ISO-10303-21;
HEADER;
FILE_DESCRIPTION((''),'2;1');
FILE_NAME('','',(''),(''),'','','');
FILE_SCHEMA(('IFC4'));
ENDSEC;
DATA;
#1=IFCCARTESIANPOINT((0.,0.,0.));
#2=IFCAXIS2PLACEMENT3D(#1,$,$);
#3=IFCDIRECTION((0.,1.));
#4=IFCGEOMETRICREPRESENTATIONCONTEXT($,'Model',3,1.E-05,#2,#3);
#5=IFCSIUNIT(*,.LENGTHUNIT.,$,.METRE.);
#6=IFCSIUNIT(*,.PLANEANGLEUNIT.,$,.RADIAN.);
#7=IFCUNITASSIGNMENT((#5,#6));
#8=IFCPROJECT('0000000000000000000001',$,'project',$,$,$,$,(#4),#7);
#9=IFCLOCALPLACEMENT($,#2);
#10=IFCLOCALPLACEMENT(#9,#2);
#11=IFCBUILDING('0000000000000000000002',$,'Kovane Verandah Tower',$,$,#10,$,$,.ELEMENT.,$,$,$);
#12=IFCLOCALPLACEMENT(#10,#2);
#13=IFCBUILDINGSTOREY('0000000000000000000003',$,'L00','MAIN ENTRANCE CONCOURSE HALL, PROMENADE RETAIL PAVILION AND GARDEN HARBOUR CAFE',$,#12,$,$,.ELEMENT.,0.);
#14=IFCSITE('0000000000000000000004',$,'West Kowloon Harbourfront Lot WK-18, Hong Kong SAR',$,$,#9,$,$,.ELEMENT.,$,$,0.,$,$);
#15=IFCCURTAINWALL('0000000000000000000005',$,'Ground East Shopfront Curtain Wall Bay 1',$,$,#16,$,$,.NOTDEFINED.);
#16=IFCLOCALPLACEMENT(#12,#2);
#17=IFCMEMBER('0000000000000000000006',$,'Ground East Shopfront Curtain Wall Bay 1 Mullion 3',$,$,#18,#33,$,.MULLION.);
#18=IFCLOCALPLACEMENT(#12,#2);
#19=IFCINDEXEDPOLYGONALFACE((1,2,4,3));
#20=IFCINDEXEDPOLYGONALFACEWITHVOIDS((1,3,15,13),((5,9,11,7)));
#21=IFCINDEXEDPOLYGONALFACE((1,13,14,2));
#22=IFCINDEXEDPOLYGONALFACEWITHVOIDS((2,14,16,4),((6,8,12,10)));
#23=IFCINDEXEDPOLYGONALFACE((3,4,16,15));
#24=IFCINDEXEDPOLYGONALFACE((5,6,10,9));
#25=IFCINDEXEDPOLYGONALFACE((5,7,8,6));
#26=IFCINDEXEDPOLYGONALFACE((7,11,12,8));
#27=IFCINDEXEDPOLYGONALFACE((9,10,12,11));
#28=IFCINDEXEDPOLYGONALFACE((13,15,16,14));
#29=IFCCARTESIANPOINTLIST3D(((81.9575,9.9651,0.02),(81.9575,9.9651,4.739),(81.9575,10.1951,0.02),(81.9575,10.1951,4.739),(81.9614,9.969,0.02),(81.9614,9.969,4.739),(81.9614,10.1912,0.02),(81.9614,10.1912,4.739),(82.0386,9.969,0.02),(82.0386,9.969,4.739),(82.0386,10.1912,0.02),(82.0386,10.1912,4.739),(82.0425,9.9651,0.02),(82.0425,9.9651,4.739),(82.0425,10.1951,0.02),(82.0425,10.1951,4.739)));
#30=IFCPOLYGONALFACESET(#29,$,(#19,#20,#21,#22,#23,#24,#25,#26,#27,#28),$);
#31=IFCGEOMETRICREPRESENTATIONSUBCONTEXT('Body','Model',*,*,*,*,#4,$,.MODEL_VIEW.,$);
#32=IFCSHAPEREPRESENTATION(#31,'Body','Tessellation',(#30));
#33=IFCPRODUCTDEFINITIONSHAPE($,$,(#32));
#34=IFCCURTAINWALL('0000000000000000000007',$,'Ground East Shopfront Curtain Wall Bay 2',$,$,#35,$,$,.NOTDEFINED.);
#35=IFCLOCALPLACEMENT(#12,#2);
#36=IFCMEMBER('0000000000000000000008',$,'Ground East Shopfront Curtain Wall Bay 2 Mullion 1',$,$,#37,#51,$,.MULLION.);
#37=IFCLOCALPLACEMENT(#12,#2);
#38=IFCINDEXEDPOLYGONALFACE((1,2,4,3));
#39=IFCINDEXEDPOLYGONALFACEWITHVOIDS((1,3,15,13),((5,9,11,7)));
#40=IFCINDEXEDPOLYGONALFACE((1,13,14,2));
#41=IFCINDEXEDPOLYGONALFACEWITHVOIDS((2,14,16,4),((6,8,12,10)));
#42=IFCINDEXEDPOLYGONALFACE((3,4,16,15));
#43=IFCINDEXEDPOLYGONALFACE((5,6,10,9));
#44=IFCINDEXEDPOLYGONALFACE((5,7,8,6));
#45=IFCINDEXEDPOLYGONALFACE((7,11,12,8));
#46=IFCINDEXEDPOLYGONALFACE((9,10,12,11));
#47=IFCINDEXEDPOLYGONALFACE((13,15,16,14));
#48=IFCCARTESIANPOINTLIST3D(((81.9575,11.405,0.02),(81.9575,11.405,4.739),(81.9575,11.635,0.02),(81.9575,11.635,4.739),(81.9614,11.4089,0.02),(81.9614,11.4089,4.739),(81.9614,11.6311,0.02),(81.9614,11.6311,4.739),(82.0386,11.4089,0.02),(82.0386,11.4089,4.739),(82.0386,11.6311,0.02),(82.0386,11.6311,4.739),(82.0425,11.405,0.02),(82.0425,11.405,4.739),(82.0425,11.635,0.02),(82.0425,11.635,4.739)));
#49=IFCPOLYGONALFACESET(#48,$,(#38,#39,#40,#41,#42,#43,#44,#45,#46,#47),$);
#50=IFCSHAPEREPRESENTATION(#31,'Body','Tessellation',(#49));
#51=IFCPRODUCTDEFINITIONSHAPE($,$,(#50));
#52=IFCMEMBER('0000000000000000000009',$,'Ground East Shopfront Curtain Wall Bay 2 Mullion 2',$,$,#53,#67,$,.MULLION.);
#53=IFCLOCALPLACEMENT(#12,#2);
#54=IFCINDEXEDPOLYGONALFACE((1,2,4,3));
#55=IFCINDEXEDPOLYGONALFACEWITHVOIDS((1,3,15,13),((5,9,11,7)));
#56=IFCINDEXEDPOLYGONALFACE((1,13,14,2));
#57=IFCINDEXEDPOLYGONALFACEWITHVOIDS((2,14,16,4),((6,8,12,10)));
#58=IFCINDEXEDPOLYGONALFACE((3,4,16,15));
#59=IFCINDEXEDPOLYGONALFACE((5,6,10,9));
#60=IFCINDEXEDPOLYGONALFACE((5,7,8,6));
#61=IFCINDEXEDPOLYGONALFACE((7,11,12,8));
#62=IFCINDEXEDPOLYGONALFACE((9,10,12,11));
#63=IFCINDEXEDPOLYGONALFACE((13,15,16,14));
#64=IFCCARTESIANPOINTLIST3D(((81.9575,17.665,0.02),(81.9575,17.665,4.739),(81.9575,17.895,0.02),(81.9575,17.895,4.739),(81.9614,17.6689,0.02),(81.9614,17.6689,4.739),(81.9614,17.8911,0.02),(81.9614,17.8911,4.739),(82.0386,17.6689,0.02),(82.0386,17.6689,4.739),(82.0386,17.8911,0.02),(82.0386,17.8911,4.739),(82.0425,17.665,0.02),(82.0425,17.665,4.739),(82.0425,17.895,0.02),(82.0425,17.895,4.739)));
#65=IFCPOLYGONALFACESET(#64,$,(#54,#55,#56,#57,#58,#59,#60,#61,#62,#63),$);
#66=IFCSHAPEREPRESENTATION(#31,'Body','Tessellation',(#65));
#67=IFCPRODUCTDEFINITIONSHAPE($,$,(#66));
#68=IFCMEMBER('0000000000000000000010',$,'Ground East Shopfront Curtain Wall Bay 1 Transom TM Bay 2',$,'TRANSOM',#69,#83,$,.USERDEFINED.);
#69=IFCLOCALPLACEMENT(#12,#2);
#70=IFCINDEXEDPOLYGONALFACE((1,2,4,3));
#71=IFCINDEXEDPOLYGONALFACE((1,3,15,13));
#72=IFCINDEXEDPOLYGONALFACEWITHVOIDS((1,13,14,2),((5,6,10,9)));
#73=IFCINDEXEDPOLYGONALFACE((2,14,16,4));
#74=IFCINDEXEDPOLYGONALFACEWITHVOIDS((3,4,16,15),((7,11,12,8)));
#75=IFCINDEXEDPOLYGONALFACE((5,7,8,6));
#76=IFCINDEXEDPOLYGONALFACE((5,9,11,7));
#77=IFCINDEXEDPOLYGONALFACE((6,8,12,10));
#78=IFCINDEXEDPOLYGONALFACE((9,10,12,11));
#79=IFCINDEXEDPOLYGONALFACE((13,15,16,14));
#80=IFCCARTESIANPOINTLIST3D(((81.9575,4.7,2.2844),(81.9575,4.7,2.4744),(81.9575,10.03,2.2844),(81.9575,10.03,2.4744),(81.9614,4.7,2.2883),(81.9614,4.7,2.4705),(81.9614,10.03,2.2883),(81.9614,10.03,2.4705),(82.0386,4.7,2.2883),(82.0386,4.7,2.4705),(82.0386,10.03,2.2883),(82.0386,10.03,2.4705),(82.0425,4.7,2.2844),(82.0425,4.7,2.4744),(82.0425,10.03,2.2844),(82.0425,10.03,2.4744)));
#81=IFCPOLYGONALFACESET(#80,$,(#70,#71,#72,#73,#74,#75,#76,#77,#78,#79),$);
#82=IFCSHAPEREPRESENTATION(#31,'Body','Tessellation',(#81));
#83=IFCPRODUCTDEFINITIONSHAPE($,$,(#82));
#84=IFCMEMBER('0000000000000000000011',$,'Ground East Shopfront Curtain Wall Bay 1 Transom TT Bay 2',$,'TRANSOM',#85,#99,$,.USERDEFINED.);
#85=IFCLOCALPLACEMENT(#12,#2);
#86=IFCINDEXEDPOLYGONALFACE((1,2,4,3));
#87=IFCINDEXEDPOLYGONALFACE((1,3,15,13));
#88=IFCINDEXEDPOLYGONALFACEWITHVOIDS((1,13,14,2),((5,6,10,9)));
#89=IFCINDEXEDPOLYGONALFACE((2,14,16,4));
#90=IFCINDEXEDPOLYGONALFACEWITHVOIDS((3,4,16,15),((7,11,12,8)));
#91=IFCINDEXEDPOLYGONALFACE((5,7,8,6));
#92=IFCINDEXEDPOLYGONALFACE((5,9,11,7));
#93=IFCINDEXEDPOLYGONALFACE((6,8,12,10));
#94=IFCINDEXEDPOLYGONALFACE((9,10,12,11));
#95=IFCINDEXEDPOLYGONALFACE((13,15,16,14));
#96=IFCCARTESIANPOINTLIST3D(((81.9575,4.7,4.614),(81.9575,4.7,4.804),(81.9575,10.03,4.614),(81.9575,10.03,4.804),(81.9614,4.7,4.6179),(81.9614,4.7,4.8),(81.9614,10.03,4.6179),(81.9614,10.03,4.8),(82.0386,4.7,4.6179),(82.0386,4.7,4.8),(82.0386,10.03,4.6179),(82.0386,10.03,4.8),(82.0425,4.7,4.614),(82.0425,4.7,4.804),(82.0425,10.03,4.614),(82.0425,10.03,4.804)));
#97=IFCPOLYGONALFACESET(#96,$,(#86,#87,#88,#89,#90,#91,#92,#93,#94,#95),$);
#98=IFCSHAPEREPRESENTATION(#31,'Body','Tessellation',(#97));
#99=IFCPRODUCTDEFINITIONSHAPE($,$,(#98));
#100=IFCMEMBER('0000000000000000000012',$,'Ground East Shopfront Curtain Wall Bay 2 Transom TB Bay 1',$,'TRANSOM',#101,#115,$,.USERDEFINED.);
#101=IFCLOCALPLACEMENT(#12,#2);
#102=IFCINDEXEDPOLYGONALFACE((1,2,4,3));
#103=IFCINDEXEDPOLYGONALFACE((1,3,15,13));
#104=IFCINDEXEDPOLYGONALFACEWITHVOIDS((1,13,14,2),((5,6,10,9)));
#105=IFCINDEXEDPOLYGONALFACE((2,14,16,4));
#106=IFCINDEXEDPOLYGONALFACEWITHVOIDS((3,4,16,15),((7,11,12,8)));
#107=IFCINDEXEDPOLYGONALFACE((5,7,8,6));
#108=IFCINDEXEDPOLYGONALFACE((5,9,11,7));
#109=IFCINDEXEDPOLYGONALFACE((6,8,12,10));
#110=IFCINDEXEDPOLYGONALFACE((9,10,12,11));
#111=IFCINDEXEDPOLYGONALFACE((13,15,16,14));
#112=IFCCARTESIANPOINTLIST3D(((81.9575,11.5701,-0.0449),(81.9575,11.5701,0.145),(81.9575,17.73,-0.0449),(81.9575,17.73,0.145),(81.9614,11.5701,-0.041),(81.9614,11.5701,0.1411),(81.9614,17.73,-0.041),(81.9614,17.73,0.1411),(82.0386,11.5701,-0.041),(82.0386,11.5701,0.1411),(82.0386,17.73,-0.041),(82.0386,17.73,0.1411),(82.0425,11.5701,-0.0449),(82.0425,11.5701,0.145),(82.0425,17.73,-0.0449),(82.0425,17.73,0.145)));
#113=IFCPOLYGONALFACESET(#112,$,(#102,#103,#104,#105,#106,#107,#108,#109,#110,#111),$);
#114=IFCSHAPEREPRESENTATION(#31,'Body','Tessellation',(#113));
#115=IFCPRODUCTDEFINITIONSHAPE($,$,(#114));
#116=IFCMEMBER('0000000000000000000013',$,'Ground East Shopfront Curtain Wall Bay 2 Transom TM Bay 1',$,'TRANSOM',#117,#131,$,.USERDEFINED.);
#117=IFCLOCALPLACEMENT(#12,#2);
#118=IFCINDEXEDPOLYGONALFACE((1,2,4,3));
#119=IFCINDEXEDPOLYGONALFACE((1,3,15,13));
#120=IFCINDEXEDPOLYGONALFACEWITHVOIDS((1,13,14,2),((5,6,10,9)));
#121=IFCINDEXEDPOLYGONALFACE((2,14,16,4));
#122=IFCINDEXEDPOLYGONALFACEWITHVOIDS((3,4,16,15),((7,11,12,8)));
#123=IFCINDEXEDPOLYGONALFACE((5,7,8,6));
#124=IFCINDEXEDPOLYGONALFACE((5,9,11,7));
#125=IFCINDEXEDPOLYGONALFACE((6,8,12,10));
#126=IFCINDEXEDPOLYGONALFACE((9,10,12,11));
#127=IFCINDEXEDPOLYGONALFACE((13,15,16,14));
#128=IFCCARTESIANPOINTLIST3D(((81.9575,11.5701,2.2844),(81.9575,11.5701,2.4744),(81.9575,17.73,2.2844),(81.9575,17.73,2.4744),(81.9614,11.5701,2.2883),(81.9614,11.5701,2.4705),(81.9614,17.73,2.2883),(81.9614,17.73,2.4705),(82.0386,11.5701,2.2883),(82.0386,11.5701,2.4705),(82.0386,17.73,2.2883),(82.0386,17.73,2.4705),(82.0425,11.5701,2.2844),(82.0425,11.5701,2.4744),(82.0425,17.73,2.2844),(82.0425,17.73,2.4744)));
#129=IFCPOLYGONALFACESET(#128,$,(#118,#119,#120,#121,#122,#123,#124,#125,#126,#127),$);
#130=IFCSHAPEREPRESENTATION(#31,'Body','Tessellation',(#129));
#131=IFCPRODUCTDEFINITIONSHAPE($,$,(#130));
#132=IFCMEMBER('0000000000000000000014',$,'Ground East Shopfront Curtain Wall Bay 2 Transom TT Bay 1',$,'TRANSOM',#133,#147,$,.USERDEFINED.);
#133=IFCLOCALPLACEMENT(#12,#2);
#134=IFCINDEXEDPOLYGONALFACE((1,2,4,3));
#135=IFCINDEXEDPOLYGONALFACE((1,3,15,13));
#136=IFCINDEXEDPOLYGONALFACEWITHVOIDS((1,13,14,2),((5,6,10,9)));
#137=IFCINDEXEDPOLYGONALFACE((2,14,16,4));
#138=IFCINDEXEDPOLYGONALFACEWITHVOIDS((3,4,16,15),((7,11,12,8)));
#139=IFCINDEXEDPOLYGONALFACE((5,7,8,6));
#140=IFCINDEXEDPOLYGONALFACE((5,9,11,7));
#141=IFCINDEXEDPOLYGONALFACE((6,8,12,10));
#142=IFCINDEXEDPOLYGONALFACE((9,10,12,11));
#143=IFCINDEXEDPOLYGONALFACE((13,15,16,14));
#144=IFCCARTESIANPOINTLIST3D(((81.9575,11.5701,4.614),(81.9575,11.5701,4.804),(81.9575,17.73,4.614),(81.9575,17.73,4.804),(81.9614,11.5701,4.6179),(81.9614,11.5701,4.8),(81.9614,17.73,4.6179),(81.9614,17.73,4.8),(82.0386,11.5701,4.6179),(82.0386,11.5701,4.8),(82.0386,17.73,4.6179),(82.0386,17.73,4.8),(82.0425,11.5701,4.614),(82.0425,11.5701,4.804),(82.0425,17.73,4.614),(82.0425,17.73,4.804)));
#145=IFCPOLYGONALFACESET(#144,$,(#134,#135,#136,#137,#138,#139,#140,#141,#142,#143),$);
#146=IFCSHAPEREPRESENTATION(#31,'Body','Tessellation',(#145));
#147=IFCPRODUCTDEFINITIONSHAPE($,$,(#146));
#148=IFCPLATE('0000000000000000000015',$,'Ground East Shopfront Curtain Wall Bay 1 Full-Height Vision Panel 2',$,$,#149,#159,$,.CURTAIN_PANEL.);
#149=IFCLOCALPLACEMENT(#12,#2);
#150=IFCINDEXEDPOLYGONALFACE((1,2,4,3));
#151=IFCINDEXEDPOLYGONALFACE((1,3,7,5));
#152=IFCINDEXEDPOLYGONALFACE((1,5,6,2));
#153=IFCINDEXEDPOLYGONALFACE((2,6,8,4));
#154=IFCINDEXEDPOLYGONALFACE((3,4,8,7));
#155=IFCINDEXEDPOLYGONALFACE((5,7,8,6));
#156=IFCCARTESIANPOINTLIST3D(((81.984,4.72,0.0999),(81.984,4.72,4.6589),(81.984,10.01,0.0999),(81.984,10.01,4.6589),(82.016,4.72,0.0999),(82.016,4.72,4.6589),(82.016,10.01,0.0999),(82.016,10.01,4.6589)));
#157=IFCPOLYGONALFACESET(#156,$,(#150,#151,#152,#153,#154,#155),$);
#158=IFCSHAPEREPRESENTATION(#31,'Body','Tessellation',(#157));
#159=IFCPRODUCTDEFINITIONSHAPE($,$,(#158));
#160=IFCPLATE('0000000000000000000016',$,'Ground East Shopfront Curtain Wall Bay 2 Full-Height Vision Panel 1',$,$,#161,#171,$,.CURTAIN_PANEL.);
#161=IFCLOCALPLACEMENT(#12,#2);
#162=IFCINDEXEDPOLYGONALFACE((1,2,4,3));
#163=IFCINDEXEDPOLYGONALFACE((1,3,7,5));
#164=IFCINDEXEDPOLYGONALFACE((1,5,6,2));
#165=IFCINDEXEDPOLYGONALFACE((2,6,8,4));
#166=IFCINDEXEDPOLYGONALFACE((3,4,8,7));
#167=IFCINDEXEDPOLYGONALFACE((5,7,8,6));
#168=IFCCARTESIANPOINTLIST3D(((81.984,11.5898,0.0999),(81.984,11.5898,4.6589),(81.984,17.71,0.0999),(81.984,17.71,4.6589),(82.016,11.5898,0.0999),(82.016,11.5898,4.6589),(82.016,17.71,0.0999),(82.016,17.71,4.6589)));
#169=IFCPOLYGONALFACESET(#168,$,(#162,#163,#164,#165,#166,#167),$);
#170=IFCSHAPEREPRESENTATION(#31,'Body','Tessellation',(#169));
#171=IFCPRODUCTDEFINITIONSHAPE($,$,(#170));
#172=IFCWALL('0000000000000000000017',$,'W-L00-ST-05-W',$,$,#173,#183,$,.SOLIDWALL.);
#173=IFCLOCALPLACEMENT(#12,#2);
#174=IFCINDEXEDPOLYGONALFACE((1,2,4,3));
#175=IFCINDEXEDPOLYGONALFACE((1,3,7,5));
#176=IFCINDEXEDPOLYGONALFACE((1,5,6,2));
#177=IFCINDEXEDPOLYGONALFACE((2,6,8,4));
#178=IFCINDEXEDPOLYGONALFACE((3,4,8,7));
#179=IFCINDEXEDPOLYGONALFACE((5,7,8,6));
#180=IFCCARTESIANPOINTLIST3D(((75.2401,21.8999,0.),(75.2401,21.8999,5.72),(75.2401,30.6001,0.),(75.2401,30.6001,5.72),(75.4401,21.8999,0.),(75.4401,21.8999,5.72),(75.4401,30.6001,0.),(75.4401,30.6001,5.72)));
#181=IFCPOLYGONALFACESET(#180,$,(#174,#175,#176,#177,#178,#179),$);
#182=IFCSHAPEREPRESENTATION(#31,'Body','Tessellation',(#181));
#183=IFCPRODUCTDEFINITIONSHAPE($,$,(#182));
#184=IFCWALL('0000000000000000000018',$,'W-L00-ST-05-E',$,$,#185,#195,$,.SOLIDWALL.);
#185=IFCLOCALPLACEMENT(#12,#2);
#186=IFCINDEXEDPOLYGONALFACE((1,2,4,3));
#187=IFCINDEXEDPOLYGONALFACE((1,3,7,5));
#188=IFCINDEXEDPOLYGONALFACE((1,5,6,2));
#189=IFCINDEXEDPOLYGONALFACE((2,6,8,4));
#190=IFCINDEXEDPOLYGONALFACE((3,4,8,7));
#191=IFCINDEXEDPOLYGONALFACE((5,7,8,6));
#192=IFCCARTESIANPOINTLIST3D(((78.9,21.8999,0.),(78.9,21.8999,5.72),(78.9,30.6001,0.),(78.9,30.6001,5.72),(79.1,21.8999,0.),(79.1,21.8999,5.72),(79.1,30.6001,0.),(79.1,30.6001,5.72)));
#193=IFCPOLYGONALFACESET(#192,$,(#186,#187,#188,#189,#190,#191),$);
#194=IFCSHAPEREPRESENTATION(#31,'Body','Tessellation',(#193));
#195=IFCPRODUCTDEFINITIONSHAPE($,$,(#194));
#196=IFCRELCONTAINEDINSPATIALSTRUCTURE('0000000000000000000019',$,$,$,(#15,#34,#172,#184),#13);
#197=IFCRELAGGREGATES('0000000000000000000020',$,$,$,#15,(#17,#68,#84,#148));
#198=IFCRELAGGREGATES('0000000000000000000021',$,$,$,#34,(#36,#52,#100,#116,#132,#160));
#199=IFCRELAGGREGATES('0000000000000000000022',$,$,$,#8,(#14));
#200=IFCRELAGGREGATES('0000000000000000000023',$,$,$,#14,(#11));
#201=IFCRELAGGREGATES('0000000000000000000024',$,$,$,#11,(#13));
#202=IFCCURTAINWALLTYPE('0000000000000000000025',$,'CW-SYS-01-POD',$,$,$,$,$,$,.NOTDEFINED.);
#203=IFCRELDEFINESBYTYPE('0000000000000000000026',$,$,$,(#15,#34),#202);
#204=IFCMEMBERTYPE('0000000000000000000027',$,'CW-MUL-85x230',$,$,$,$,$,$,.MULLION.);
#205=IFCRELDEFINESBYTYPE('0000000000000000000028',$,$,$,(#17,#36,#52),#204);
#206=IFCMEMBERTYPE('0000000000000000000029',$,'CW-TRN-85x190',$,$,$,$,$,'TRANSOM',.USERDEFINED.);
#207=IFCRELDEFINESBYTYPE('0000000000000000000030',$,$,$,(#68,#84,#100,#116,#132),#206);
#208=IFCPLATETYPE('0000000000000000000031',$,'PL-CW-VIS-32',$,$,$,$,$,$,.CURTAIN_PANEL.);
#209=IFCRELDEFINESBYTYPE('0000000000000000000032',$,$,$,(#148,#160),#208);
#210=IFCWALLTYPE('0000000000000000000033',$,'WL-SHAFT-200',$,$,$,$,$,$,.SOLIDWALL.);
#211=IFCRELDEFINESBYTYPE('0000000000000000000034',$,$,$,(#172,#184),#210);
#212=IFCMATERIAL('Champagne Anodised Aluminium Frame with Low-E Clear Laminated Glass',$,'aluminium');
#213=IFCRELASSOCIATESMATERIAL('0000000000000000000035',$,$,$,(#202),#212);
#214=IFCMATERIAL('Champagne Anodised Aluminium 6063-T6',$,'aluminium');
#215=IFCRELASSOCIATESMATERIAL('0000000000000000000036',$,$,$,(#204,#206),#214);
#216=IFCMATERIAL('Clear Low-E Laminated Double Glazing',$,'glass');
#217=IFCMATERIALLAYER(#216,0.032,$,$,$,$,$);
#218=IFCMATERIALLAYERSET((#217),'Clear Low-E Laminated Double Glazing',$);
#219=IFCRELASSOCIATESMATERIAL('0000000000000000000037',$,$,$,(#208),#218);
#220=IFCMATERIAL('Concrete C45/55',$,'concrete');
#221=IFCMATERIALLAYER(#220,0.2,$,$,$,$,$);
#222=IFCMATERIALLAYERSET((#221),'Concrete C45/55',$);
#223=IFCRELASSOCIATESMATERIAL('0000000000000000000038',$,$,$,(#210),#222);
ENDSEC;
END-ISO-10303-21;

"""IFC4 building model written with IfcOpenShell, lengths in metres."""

from ifc_helpers import new_model, si_unit, direction, frame, frame_2d, origin, origin_2d, place, context, subcontext, project, spatial, rectangle, hollow_rectangle, extrude, material, layer, layer_set, material_profile, profile_set, type_object, element, aggregate, save


model = new_model("IFC4")

# Units and contexts
model_context = context("Model", 3, precision=1e-05, world=origin(), true_north=direction((0.0, 1.0)))
body_context = subcontext(model_context, "Body", "Model", "MODEL_VIEW")
ifc_project = project(units=[si_unit("LENGTHUNIT", "METRE"), si_unit("PLANEANGLEUNIT", "RADIAN")], contexts=[model_context])

# Site, building, storey
site_placement = place(None, origin())
site = spatial("IfcSite", under=ifc_project, at=site_placement, Name="West Kowloon Harbourfront Lot WK-18, Hong Kong SAR", CompositionType="ELEMENT", RefElevation=0.0)
building_placement = place(site_placement, origin())
building = spatial("IfcBuilding", under=site, at=building_placement, Name="Kovane Verandah Tower", CompositionType="ELEMENT")
storey_placement = place(building_placement, origin())
storey = spatial("IfcBuildingStorey", under=building, at=storey_placement, Name="L00", Description="MAIN ENTRANCE CONCOURSE HALL, PROMENADE RETAIL PAVILION AND GARDEN HARBOUR CAFE", CompositionType="ELEMENT", Elevation=0.0)

# Curtain wall, member
ifc_material_1 = material(Name="Champagne Anodised Aluminium Frame with Low-E Clear Laminated Glass", Category="aluminium")
curtain_wall_type = type_object("IfcCurtainWallType", Name="CW-SYS-01-POD", PredefinedType="NOTDEFINED", material=ifc_material_1)
curtain_wall_1_placement = place(storey_placement, origin())
curtain_wall_1 = element("IfcCurtainWall", 1, at=curtain_wall_1_placement, inside=storey, type_object=curtain_wall_type, Name="Ground East Shopfront Curtain Wall Bay 1", PredefinedType="NOTDEFINED")
ifc_material_2 = material(Name="Champagne Anodised Aluminium 6063-T6", Category="aluminium")
ifc_material_profile_1 = material_profile(ifc_material_2, hollow_rectangle(XDim=0.085, YDim=0.23, WallThickness=0.0039, at=origin_2d()), Name="AL85x230x4")
ifc_profile_set_1 = profile_set([ifc_material_profile_1], Name="Champagne Anodised Aluminium 6063-T6")
member_type_1 = type_object("IfcMemberType", Name="CW-MUL-85x230", PredefinedType="MULLION", material=ifc_profile_set_1)
member_1_placement = place(storey_placement, frame((82.0, 10.0801, 0.02), z_axis=(0.0, 0.0, 1.0), x_axis=(1.0, 0.0, 0.0)))
member_1 = element("IfcMember", 2, at=member_1_placement, type_object=member_type_1, Name="Ground East Shopfront Curtain Wall Bay 1 Mullion 3", PredefinedType="MULLION", context=body_context, shape_type="SweptSolid", body=[
    extrude(hollow_rectangle(XDim=0.085, YDim=0.23, WallThickness=0.0039, at=origin_2d()), origin(), (0.0, 0.0, 1.0), 4.719),
])

# Curtain wall, members
curtain_wall_2_placement = place(storey_placement, origin())
curtain_wall_2 = element("IfcCurtainWall", 3, at=curtain_wall_2_placement, inside=storey, type_object=curtain_wall_type, Name="Ground East Shopfront Curtain Wall Bay 2", PredefinedType="NOTDEFINED")
member_2_placement = place(storey_placement, frame((82.0, 11.52, 0.02), z_axis=(0.0, 0.0, 1.0), x_axis=(1.0, 0.0, 0.0)))
member_2 = element("IfcMember", 4, at=member_2_placement, type_object=member_type_1, Name="Ground East Shopfront Curtain Wall Bay 2 Mullion 1", PredefinedType="MULLION", context=body_context, shape_type="SweptSolid", body=[
    extrude(hollow_rectangle(XDim=0.085, YDim=0.23, WallThickness=0.0039, at=origin_2d()), origin(), (0.0, 0.0, 1.0), 4.719),
])
member_3_placement = place(storey_placement, frame((82.0, 17.78, 0.02), z_axis=(0.0, 0.0, 1.0), x_axis=(1.0, 0.0, 0.0)))
member_3 = element("IfcMember", 5, at=member_3_placement, type_object=member_type_1, Name="Ground East Shopfront Curtain Wall Bay 2 Mullion 2", PredefinedType="MULLION", context=body_context, shape_type="SweptSolid", body=[
    extrude(hollow_rectangle(XDim=0.085, YDim=0.23, WallThickness=0.0039, at=origin_2d()), origin(), (0.0, 0.0, 1.0), 4.719),
])

# Members
ifc_material_profile_2 = material_profile(ifc_material_2, hollow_rectangle(XDim=0.085, YDim=0.1899, WallThickness=0.0039, at=origin_2d()), Name="AL85x190x4")
ifc_profile_set_2 = profile_set([ifc_material_profile_2], Name="Champagne Anodised Aluminium 6063-T6")
member_type_2 = type_object("IfcMemberType", Name="CW-TRN-85x190", ElementType="TRANSOM", PredefinedType="USERDEFINED", material=ifc_profile_set_2)
member_4_placement = place(storey_placement, frame((82.0, 4.7, 2.3794), z_axis=(0.0, 1.0, 0.0), x_axis=(-1.0, 0.0, 0.0)))
member_4 = element("IfcMember", 6, at=member_4_placement, type_object=member_type_2, Name="Ground East Shopfront Curtain Wall Bay 1 Transom TM Bay 2", ObjectType="TRANSOM", PredefinedType="USERDEFINED", context=body_context, shape_type="SweptSolid", body=[
    extrude(hollow_rectangle(XDim=0.085, YDim=0.1899, WallThickness=0.0039, at=origin_2d()), origin(), (0.0, 0.0, 1.0), 5.3301),
])
member_5_placement = place(storey_placement, frame((82.0, 4.7, 4.709), z_axis=(0.0, 1.0, 0.0), x_axis=(-1.0, 0.0, 0.0)))
member_5 = element("IfcMember", 7, at=member_5_placement, type_object=member_type_2, Name="Ground East Shopfront Curtain Wall Bay 1 Transom TT Bay 2", ObjectType="TRANSOM", PredefinedType="USERDEFINED", context=body_context, shape_type="SweptSolid", body=[
    extrude(hollow_rectangle(XDim=0.085, YDim=0.1899, WallThickness=0.0039, at=origin_2d()), origin(), (0.0, 0.0, 1.0), 5.3301),
])
member_6_placement = place(storey_placement, frame((82.0, 11.5701, 0.05), z_axis=(0.0, 1.0, 0.0), x_axis=(-1.0, 0.0, 0.0)))
member_6 = element("IfcMember", 8, at=member_6_placement, type_object=member_type_2, Name="Ground East Shopfront Curtain Wall Bay 2 Transom TB Bay 1", ObjectType="TRANSOM", PredefinedType="USERDEFINED", context=body_context, shape_type="SweptSolid", body=[
    extrude(hollow_rectangle(XDim=0.085, YDim=0.1899, WallThickness=0.0039, at=origin_2d()), origin(), (0.0, 0.0, 1.0), 6.1599),
])
member_7_placement = place(storey_placement, frame((82.0, 11.5701, 2.3794), z_axis=(0.0, 1.0, 0.0), x_axis=(-1.0, 0.0, 0.0)))
member_7 = element("IfcMember", 9, at=member_7_placement, type_object=member_type_2, Name="Ground East Shopfront Curtain Wall Bay 2 Transom TM Bay 1", ObjectType="TRANSOM", PredefinedType="USERDEFINED", context=body_context, shape_type="SweptSolid", body=[
    extrude(hollow_rectangle(XDim=0.085, YDim=0.1899, WallThickness=0.0039, at=origin_2d()), origin(), (0.0, 0.0, 1.0), 6.1599),
])
member_8_placement = place(storey_placement, frame((82.0, 11.5701, 4.709), z_axis=(0.0, 1.0, 0.0), x_axis=(-1.0, 0.0, 0.0)))
member_8 = element("IfcMember", 10, at=member_8_placement, type_object=member_type_2, Name="Ground East Shopfront Curtain Wall Bay 2 Transom TT Bay 1", ObjectType="TRANSOM", PredefinedType="USERDEFINED", context=body_context, shape_type="SweptSolid", body=[
    extrude(hollow_rectangle(XDim=0.085, YDim=0.1899, WallThickness=0.0039, at=origin_2d()), origin(), (0.0, 0.0, 1.0), 6.1599),
])

# Plates
ifc_material_3 = material(Name="Clear Low-E Laminated Double Glazing", Category="glass")
ifc_layer_1 = layer(ifc_material_3, 0.032)
ifc_layer_set_1 = layer_set([ifc_layer_1], Name="Clear Low-E Laminated Double Glazing")
plate_type = type_object("IfcPlateType", Name="PL-CW-VIS-32", PredefinedType="CURTAIN_PANEL", material=ifc_layer_set_1)
plate_1_placement = place(storey_placement, frame((82.0, 7.365, 0.0999), z_axis=(0.0, 0.0, 1.0), x_axis=(0.0, 1.0, 0.0)))
plate_1 = element("IfcPlate", 11, at=plate_1_placement, type_object=plate_type, Name="Ground East Shopfront Curtain Wall Bay 1 Full-Height Vision Panel 2", PredefinedType="CURTAIN_PANEL", context=body_context, shape_type="SweptSolid", body=[
    extrude(rectangle(XDim=5.29, YDim=0.032, at=origin_2d()), origin(), (0.0, 0.0, 1.0), 4.5591),
])
aggregate(curtain_wall_1, [member_1, member_4, member_5, plate_1])
plate_2_placement = place(storey_placement, frame((82.0, 14.6499, 0.0999), z_axis=(0.0, 0.0, 1.0), x_axis=(0.0, 1.0, 0.0)))
plate_2 = element("IfcPlate", 12, at=plate_2_placement, type_object=plate_type, Name="Ground East Shopfront Curtain Wall Bay 2 Full-Height Vision Panel 1", PredefinedType="CURTAIN_PANEL", context=body_context, shape_type="SweptSolid", body=[
    extrude(rectangle(XDim=6.1201, YDim=0.032, at=origin_2d()), origin(), (0.0, 0.0, 1.0), 4.5591),
])
aggregate(curtain_wall_2, [member_2, member_3, member_6, member_7, member_8, plate_2])

# Walls
ifc_material_4 = material(Name="Concrete C45/55", Category="concrete")
ifc_layer_2 = layer(ifc_material_4, 0.2)
ifc_layer_set_2 = layer_set([ifc_layer_2], Name="Concrete C45/55")
wall_type = type_object("IfcWallType", Name="WL-SHAFT-200", PredefinedType="SOLIDWALL", material=ifc_layer_set_2)
for number, where, z_axis, x_axis, name in (
    (13, (75.3401, 21.8999, 0.0), (0.0, 0.0, 1.0), (0.0, 1.0, 0.0), "W-L00-ST-05-W"),
    (14, (79.0, 21.8999, 0.0), (0.0, 0.0, 1.0), (0.0, 1.0, 0.0), "W-L00-ST-05-E"),
):
    element("IfcWall", number, at=place(storey_placement, frame(where, z_axis=z_axis, x_axis=x_axis)), inside=storey, type_object=wall_type, Name=name, PredefinedType="SOLIDWALL", context=body_context, shape_type="SweptSolid", body=[
        extrude(rectangle(XDim=8.7002, YDim=0.2, at=frame_2d((4.3501, 0.0))), origin(), (0.0, 0.0, 1.0), 5.72),
    ])

save(model, "model.ifc")
